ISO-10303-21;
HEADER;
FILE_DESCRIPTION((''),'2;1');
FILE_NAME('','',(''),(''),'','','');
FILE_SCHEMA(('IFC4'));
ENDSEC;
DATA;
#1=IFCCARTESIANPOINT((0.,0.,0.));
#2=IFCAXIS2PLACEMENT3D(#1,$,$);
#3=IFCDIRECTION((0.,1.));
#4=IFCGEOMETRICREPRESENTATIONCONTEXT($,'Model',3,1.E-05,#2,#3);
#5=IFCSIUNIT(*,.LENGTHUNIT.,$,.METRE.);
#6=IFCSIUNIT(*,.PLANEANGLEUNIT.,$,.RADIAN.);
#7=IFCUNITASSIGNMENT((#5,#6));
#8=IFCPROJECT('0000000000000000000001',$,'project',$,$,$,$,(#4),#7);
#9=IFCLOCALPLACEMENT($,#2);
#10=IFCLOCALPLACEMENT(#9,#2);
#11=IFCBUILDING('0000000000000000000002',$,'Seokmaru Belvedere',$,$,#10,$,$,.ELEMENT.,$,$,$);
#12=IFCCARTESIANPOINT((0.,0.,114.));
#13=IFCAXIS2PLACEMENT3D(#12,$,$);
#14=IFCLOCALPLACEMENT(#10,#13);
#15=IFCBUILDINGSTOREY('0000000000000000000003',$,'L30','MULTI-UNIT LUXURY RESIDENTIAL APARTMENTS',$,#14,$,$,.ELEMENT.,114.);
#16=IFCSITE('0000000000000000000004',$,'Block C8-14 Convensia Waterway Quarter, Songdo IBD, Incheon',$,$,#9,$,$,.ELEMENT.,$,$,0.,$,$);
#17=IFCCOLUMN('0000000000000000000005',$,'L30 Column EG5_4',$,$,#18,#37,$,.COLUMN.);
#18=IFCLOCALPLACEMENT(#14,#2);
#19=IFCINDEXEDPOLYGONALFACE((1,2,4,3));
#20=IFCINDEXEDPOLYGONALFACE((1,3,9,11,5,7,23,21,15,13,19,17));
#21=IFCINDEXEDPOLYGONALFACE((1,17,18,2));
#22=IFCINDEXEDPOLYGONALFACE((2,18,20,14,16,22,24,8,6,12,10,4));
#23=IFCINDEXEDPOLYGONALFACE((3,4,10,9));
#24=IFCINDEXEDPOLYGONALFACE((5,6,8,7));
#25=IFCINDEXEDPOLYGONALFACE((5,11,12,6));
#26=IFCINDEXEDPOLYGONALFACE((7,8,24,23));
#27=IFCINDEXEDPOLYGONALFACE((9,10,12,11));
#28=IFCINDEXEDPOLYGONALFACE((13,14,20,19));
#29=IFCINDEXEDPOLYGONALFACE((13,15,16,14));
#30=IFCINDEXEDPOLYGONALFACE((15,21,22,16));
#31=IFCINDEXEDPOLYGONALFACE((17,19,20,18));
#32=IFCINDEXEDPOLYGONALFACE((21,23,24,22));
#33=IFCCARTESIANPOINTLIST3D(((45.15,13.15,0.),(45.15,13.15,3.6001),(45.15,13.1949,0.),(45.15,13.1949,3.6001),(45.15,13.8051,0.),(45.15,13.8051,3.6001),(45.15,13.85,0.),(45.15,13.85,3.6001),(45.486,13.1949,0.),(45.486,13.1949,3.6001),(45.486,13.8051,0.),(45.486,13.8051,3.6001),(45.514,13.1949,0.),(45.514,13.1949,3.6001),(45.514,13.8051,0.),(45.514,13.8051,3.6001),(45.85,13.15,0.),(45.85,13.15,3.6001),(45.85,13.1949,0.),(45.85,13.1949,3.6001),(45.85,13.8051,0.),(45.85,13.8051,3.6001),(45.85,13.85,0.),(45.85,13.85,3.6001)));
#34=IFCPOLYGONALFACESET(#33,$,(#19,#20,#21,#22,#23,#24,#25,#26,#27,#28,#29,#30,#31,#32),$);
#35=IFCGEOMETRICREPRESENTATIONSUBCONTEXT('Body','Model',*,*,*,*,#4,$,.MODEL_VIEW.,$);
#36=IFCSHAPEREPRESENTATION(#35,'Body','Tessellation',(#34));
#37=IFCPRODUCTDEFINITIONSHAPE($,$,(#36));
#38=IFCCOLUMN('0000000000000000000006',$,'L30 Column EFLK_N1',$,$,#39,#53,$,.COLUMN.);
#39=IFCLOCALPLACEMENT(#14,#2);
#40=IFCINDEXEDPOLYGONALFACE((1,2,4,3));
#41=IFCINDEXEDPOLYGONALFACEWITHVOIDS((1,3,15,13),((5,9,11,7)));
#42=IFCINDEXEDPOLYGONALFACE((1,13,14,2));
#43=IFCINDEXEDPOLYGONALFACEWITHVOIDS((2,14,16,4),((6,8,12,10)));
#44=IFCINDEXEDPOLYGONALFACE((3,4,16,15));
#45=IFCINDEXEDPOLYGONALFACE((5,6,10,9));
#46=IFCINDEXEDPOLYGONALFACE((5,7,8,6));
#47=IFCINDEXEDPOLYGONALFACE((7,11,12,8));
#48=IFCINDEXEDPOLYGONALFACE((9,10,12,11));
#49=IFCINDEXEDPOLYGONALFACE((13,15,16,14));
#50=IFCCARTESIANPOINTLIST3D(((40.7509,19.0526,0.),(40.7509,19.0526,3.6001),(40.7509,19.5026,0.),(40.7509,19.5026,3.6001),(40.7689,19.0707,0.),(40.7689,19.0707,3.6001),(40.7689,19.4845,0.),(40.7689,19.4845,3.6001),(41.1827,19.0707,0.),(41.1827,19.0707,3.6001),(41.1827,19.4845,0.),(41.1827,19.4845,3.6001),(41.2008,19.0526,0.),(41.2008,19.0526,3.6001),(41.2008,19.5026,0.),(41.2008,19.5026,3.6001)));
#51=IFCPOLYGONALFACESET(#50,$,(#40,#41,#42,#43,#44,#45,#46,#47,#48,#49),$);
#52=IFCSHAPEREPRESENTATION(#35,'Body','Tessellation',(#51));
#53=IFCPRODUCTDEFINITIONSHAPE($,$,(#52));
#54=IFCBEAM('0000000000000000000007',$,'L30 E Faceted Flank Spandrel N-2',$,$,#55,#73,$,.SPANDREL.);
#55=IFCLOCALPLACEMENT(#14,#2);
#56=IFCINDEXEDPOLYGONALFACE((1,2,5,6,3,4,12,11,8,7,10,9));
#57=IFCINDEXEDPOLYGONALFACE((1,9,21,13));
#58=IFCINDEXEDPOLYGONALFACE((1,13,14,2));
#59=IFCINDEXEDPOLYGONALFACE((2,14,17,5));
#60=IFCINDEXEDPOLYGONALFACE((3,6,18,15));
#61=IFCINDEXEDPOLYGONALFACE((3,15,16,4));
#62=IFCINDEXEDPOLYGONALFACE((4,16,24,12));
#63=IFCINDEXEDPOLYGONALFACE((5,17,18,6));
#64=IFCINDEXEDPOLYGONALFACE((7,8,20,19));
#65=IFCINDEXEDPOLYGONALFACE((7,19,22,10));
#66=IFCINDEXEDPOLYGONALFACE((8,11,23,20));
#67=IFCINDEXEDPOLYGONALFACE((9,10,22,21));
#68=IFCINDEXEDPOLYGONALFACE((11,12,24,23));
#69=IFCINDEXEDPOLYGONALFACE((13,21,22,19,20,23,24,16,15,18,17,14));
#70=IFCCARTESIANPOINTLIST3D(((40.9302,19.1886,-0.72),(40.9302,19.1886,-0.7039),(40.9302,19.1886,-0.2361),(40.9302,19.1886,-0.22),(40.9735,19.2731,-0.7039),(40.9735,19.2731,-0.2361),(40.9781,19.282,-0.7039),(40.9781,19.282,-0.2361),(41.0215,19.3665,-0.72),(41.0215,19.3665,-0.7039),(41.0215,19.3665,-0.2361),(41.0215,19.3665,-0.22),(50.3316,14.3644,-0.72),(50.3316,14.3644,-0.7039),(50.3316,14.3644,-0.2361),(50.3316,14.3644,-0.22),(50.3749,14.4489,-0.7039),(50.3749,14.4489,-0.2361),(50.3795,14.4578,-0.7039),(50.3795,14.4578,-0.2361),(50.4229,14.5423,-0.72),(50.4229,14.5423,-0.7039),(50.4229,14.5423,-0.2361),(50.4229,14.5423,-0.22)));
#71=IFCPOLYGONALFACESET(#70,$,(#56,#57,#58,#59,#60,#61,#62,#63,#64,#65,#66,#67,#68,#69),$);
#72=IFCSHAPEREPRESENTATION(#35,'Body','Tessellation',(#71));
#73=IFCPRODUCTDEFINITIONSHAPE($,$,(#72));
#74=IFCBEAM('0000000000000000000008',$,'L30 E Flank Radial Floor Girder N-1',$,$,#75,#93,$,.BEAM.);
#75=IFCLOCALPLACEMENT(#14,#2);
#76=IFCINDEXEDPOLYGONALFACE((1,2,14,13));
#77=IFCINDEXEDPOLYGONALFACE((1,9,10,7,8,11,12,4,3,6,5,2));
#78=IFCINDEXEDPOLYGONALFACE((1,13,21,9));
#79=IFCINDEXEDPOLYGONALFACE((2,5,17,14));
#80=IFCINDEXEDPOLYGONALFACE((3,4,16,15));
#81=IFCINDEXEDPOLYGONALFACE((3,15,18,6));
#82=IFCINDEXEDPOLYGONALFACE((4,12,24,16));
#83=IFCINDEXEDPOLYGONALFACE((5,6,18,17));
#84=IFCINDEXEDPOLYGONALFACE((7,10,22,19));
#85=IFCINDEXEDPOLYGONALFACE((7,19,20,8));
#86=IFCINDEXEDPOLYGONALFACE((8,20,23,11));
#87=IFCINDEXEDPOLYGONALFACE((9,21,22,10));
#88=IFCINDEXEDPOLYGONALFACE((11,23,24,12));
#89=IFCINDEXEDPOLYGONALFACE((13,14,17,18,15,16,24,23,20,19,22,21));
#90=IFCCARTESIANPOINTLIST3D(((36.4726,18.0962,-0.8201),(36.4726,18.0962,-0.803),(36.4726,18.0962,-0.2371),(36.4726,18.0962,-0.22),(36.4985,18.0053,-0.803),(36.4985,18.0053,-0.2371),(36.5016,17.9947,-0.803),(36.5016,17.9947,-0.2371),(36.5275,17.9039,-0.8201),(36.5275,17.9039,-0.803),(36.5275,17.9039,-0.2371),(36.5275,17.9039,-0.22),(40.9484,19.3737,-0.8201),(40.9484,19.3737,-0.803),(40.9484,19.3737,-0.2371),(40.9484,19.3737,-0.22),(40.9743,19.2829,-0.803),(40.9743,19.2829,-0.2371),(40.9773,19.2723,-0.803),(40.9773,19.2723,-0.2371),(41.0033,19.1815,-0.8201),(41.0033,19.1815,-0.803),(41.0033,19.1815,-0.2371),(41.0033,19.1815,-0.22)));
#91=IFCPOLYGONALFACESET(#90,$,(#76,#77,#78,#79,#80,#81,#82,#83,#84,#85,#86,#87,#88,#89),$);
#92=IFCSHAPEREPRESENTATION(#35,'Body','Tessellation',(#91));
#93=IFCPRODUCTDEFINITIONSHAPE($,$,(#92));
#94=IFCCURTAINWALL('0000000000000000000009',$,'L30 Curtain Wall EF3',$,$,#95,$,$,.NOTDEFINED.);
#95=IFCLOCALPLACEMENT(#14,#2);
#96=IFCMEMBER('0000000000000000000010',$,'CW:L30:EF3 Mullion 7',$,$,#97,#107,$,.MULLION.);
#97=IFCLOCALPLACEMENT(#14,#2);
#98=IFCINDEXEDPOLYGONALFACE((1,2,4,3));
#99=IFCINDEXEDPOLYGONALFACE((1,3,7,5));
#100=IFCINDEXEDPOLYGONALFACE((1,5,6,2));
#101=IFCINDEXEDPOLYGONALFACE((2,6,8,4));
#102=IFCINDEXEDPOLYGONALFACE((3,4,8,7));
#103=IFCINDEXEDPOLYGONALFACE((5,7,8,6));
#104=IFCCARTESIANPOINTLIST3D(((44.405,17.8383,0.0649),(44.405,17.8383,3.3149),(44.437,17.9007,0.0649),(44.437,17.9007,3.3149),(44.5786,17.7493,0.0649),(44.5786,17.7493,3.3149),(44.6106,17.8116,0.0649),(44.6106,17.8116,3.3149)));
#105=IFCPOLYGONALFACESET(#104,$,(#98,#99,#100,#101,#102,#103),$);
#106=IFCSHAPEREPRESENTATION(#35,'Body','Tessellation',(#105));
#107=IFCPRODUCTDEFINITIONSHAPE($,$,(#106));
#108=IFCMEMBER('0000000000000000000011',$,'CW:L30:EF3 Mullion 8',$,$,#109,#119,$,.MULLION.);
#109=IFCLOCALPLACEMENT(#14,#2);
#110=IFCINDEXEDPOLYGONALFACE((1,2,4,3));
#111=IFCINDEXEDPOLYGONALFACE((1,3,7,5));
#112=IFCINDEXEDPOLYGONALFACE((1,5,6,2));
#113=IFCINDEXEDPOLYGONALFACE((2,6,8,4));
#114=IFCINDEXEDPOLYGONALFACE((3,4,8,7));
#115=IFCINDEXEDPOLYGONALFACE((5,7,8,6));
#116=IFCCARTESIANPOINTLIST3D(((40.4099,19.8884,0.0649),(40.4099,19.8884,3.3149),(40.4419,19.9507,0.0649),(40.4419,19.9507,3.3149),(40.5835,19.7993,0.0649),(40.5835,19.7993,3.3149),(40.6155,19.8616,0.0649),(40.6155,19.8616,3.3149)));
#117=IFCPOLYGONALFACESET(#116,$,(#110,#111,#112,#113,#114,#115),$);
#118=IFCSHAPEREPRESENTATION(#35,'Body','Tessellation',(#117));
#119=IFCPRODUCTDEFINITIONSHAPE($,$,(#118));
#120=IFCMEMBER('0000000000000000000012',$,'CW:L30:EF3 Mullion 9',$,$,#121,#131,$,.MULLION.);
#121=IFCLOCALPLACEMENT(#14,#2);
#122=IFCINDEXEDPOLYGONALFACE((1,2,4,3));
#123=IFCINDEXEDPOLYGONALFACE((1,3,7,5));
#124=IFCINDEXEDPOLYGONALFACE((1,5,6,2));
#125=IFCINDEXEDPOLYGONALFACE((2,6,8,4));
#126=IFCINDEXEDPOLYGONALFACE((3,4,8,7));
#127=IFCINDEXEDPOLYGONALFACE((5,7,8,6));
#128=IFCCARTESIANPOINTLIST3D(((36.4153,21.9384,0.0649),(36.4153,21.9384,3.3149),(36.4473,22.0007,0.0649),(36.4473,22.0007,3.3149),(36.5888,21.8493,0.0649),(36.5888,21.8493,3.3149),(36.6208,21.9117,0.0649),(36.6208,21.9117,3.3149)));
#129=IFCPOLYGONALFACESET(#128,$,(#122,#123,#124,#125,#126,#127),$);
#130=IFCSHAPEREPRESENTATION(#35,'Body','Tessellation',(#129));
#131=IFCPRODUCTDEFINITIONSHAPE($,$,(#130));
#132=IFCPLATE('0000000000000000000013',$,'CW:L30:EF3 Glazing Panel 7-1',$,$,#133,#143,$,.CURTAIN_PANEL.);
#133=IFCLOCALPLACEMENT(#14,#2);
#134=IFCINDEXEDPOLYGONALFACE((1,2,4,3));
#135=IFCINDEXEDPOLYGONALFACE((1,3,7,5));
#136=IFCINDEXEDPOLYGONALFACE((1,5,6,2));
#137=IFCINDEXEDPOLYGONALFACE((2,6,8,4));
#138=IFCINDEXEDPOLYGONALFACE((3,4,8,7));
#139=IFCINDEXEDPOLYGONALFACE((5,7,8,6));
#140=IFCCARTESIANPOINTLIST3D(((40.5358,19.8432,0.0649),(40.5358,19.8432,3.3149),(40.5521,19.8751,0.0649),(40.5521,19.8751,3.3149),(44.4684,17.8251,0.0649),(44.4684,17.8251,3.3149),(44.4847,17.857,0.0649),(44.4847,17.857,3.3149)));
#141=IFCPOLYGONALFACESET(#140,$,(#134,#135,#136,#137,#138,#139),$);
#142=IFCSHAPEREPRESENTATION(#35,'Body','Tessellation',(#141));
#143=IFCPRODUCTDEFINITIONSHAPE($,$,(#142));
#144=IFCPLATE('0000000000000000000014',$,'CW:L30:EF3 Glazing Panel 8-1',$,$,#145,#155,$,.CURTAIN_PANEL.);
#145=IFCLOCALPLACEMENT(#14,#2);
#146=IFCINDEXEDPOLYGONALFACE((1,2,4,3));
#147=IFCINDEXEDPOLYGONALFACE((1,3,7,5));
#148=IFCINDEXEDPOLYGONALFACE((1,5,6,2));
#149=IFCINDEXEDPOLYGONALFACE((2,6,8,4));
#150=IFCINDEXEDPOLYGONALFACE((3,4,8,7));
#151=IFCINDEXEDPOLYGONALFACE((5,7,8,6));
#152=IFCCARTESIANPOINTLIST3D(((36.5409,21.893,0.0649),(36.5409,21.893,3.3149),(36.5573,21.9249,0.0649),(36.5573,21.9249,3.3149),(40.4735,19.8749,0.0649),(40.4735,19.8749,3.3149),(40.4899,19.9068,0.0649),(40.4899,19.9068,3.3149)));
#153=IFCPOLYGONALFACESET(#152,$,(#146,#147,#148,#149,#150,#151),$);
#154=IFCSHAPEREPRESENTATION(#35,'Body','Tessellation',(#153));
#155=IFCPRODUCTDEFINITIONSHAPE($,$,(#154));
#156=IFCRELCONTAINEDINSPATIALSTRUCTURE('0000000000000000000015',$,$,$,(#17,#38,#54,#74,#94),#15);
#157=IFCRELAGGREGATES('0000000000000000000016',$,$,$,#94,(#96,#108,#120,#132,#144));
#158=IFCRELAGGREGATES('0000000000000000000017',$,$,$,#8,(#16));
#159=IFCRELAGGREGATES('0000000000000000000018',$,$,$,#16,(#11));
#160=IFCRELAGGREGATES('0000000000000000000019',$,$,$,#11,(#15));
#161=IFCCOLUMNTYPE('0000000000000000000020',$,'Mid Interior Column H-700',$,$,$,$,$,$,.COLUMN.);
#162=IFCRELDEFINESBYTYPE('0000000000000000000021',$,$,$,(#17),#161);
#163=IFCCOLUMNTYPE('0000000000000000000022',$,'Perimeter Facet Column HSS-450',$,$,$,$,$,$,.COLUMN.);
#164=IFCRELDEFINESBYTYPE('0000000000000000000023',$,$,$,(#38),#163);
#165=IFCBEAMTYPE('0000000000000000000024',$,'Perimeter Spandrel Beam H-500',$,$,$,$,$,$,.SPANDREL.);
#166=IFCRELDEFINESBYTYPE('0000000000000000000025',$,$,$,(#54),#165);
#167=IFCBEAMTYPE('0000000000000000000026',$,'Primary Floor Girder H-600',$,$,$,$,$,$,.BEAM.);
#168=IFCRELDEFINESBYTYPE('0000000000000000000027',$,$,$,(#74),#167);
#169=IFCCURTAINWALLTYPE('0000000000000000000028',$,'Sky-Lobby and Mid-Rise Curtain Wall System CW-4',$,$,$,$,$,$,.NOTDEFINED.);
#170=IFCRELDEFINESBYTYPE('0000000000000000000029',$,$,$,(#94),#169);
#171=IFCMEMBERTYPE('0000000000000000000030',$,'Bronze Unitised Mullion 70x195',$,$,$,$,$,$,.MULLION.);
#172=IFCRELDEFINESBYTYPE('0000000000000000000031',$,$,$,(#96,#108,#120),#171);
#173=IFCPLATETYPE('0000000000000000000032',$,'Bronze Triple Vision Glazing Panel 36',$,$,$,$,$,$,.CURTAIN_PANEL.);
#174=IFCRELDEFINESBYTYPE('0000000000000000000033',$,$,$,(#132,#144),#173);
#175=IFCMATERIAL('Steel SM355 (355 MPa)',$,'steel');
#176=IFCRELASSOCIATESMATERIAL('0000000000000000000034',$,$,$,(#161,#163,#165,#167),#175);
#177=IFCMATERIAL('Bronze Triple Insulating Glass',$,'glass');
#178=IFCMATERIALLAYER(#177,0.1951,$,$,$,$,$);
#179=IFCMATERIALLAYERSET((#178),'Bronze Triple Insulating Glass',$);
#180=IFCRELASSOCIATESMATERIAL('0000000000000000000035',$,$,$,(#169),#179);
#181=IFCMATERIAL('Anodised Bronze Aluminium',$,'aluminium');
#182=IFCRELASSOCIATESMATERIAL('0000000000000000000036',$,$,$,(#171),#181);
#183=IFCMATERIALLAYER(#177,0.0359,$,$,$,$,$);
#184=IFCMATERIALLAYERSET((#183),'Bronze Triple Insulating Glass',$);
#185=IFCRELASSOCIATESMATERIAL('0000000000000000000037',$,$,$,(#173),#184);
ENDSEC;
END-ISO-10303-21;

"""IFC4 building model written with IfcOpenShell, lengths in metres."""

from ifc_helpers import new_model, si_unit, direction, frame, origin, origin_2d, place, context, subcontext, project, spatial, rectangle, hollow_rectangle, i_section, extrude, source, transform, mapped, material, layer, layer_set, material_profile, profile_set, type_object, type_shapes, element, aggregate, save


model = new_model("IFC4")

# Units and contexts
model_context = context("Model", 3, precision=1e-05, world=origin(), true_north=direction((0.0, 1.0)))
body_context = subcontext(model_context, "Body", "Model", "MODEL_VIEW")
ifc_project = project(units=[si_unit("LENGTHUNIT", "METRE"), si_unit("PLANEANGLEUNIT", "RADIAN")], contexts=[model_context])

# Site, building, storey
site_placement = place(None, origin())
site = spatial("IfcSite", under=ifc_project, at=site_placement, Name="Block C8-14 Convensia Waterway Quarter, Songdo IBD, Incheon", CompositionType="ELEMENT", RefElevation=0.0)
building_placement = place(site_placement, origin())
building = spatial("IfcBuilding", under=site, at=building_placement, Name="Seokmaru Belvedere", CompositionType="ELEMENT")
storey_placement = place(building_placement, frame((0.0, 0.0, 114.0)))
storey = spatial("IfcBuildingStorey", under=building, at=storey_placement, Name="L30", Description="MULTI-UNIT LUXURY RESIDENTIAL APARTMENTS", CompositionType="ELEMENT", Elevation=114.0)

# Columns
ifc_material_1 = material(Name="Steel SM355 (355 MPa)", Category="steel")
ifc_material_profile_1 = material_profile(ifc_material_1, i_section(OverallWidth=0.7, OverallDepth=0.7, WebThickness=0.0281, FlangeThickness=0.0449, at=origin_2d()), Name="H-700x700x28x45")
ifc_profile_set_1 = profile_set([ifc_material_profile_1], Name="Steel SM355 (355 MPa)")
column_type_1 = type_object("IfcColumnType", Name="Mid Interior Column H-700", PredefinedType="COLUMN", material=ifc_profile_set_1)
shared_shape_1 = source(origin(), body_context, "Body", "SweptSolid", [
    extrude(i_section(OverallWidth=0.7, OverallDepth=0.7, WebThickness=0.0281, FlangeThickness=0.0449, at=origin_2d()), origin(), (0.0, 0.0, 1.0), 3.6001),
])
type_shapes(column_type_1, [shared_shape_1])
column_1_placement = place(storey_placement, frame((45.5, 13.5, 0.0), z_axis=(0.0, 0.0, 1.0), x_axis=(1.0, 0.0, 0.0)))
element("IfcColumn", 1, at=column_1_placement, inside=storey, type_object=column_type_1, Name="L30 Column EG5_4", PredefinedType="COLUMN", context=body_context, shape_type="MappedRepresentation", body=[
    mapped(shared_shape_1, transform((0.0, 0.0, 0.0), scale=1.0)),
])
ifc_material_profile_2 = material_profile(ifc_material_1, hollow_rectangle(XDim=0.45, YDim=0.45, WallThickness=0.0181, at=origin_2d()), Name="HSS-450x450x18")
ifc_profile_set_2 = profile_set([ifc_material_profile_2], Name="Steel SM355 (355 MPa)")
column_type_2 = type_object("IfcColumnType", Name="Perimeter Facet Column HSS-450", PredefinedType="COLUMN", material=ifc_profile_set_2)
shared_shape_2 = source(origin(), body_context, "Body", "SweptSolid", [
    extrude(hollow_rectangle(XDim=0.45, YDim=0.45, WallThickness=0.0181, at=origin_2d()), origin(), (0.0, 0.0, 1.0), 3.6001),
])
type_shapes(column_type_2, [shared_shape_2])
column_2_placement = place(storey_placement, frame((40.9758, 19.2776, 0.0), z_axis=(0.0, 0.0, 1.0), x_axis=(1.0, 0.0, 0.0)))
element("IfcColumn", 2, at=column_2_placement, inside=storey, type_object=column_type_2, Name="L30 Column EFLK_N1", PredefinedType="COLUMN", context=body_context, shape_type="MappedRepresentation", body=[
    mapped(shared_shape_2, transform((0.0, 0.0, 0.0), scale=1.0)),
])

# Beams
ifc_material_profile_3 = material_profile(ifc_material_1, i_section(OverallWidth=0.2, OverallDepth=0.5, WebThickness=0.01, FlangeThickness=0.0161, at=origin_2d()), Name="H-500x200x10x16")
ifc_profile_set_3 = profile_set([ifc_material_profile_3], Name="Steel SM355 (355 MPa)")
beam_type_1 = type_object("IfcBeamType", Name="Perimeter Spandrel Beam H-500", PredefinedType="SPANDREL", material=ifc_profile_set_3)
shared_shape_3 = source(origin(), body_context, "Body", "SweptSolid", [
    extrude(i_section(OverallWidth=0.2, OverallDepth=0.5, WebThickness=0.01, FlangeThickness=0.0161, at=origin_2d()), origin(), (0.0, 0.0, 1.0), 10.5669),
])
type_shapes(beam_type_1, [shared_shape_3])
beam_1_placement = place(storey_placement, frame((40.9758, 19.2776, -0.47), z_axis=(0.889702, -0.456542, 0.0), x_axis=(0.456542, 0.889702, 0.0)))
element("IfcBeam", 3, at=beam_1_placement, inside=storey, type_object=beam_type_1, Name="L30 E Faceted Flank Spandrel N-2", PredefinedType="SPANDREL", context=body_context, shape_type="MappedRepresentation", body=[
    mapped(shared_shape_3, transform((0.0, 0.0, 0.0), scale=1.0)),
])
ifc_material_profile_4 = material_profile(ifc_material_1, i_section(OverallWidth=0.2, OverallDepth=0.6001, WebThickness=0.011, FlangeThickness=0.0171, at=origin_2d()), Name="H-600x200x11x17")
ifc_profile_set_4 = profile_set([ifc_material_profile_4], Name="Steel SM355 (355 MPa)")
beam_type_2 = type_object("IfcBeamType", Name="Primary Floor Girder H-600", PredefinedType="BEAM", material=ifc_profile_set_4)
shared_shape_4 = source(origin(), body_context, "Body", "SweptSolid", [
    extrude(i_section(OverallWidth=0.2, OverallDepth=0.6001, WebThickness=0.011, FlangeThickness=0.0171, at=origin_2d()), origin(), (0.0, 0.0, 1.0), 4.6545),
])
type_shapes(beam_type_2, [shared_shape_4])
beam_2_placement = place(storey_placement, frame((40.9758, 19.2776, -0.52), z_axis=(-0.961593, -0.274479, 0.0), x_axis=(0.274479, -0.961593, 0.0)))
element("IfcBeam", 4, at=beam_2_placement, inside=storey, type_object=beam_type_2, Name="L30 E Flank Radial Floor Girder N-1", PredefinedType="BEAM", context=body_context, shape_type="MappedRepresentation", body=[
    mapped(shared_shape_4, transform((0.0, 0.0, 0.0), scale=1.0)),
])

# Curtain wall, members, plates
ifc_material_2 = material(Name="Bronze Triple Insulating Glass", Category="glass")
ifc_layer_1 = layer(ifc_material_2, 0.1951)
ifc_layer_set_1 = layer_set([ifc_layer_1], Name="Bronze Triple Insulating Glass")
curtain_wall_type = type_object("IfcCurtainWallType", Name="Sky-Lobby and Mid-Rise Curtain Wall System CW-4", PredefinedType="NOTDEFINED", material=ifc_layer_set_1)
curtain_wall_placement = place(storey_placement, origin())
curtain_wall = element("IfcCurtainWall", 5, at=curtain_wall_placement, inside=storey, type_object=curtain_wall_type, Name="L30 Curtain Wall EF3", PredefinedType="NOTDEFINED")
ifc_material_3 = material(Name="Anodised Bronze Aluminium", Category="aluminium")
ifc_material_profile_5 = material_profile(ifc_material_3, rectangle(XDim=0.0701, YDim=0.1951, at=origin_2d()), Name="CW-M-70x195")
ifc_profile_set_5 = profile_set([ifc_material_profile_5], Name="Anodised Bronze Aluminium")
member_type = type_object("IfcMemberType", Name="Bronze Unitised Mullion 70x195", PredefinedType="MULLION", material=ifc_profile_set_5)
shared_shape_5 = source(origin(), body_context, "Body", "SweptSolid", [
    extrude(rectangle(XDim=0.0701, YDim=0.1951, at=origin_2d()), origin(), (0.0, 0.0, 1.0), 3.25),
])
type_shapes(member_type, [shared_shape_5])
member_1_placement = place(storey_placement, frame((44.5078, 17.825, 0.0649), z_axis=(0.0, 0.0, 1.0), x_axis=(-0.456555, -0.889695, 0.0)))
member_1 = element("IfcMember", 6, at=member_1_placement, type_object=member_type, Name="CW:L30:EF3 Mullion 7", PredefinedType="MULLION", context=body_context, shape_type="MappedRepresentation", body=[
    mapped(shared_shape_5, transform((0.0, 0.0, 0.0), scale=1.0)),
])
member_2_placement = place(storey_placement, frame((40.5127, 19.875, 0.0649), z_axis=(0.0, 0.0, 1.0), x_axis=(-0.456555, -0.889695, 0.0)))
member_2 = element("IfcMember", 7, at=member_2_placement, type_object=member_type, Name="CW:L30:EF3 Mullion 8", PredefinedType="MULLION", context=body_context, shape_type="MappedRepresentation", body=[
    mapped(shared_shape_5, transform((0.0, 0.0, 0.0), scale=1.0)),
])
member_3_placement = place(storey_placement, frame((36.5181, 21.925, 0.0649), z_axis=(0.0, 0.0, 1.0), x_axis=(-0.456555, -0.889695, 0.0)))
member_3 = element("IfcMember", 8, at=member_3_placement, type_object=member_type, Name="CW:L30:EF3 Mullion 9", PredefinedType="MULLION", context=body_context, shape_type="MappedRepresentation", body=[
    mapped(shared_shape_5, transform((0.0, 0.0, 0.0), scale=1.0)),
])
ifc_layer_2 = layer(ifc_material_2, 0.0359)
ifc_layer_set_2 = layer_set([ifc_layer_2], Name="Bronze Triple Insulating Glass")
plate_type = type_object("IfcPlateType", Name="Bronze Triple Vision Glazing Panel 36", PredefinedType="CURTAIN_PANEL", material=ifc_layer_set_2)
shared_shape_6 = source(origin(), body_context, "Body", "SweptSolid", [
    extrude(rectangle(XDim=4.4202, YDim=0.0359, at=origin_2d()), origin(), (0.0, 0.0, 1.0), 3.25),
])
type_shapes(plate_type, [shared_shape_6])
plate_1_placement = place(storey_placement, frame((42.5103, 18.8501, 0.0649), z_axis=(0.0, 0.0, 1.0), x_axis=(-0.889695, 0.456555, 0.0)))
plate_1 = element("IfcPlate", 9, at=plate_1_placement, type_object=plate_type, Name="CW:L30:EF3 Glazing Panel 7-1", PredefinedType="CURTAIN_PANEL", context=body_context, shape_type="MappedRepresentation", body=[
    mapped(shared_shape_6, transform((0.0, 0.0, 0.0), scale=1.0)),
])
plate_2_placement = place(storey_placement, frame((38.5154, 20.8999, 0.0649), z_axis=(0.0, 0.0, 1.0), x_axis=(-0.889695, 0.456555, 0.0)))
plate_2 = element("IfcPlate", 10, at=plate_2_placement, type_object=plate_type, Name="CW:L30:EF3 Glazing Panel 8-1", PredefinedType="CURTAIN_PANEL", context=body_context, shape_type="MappedRepresentation", body=[
    mapped(shared_shape_6, transform((0.0, 0.0, 0.0), scale=1.0)),
])
aggregate(curtain_wall, [member_1, member_2, member_3, plate_1, plate_2])

save(model, "model.ifc")
